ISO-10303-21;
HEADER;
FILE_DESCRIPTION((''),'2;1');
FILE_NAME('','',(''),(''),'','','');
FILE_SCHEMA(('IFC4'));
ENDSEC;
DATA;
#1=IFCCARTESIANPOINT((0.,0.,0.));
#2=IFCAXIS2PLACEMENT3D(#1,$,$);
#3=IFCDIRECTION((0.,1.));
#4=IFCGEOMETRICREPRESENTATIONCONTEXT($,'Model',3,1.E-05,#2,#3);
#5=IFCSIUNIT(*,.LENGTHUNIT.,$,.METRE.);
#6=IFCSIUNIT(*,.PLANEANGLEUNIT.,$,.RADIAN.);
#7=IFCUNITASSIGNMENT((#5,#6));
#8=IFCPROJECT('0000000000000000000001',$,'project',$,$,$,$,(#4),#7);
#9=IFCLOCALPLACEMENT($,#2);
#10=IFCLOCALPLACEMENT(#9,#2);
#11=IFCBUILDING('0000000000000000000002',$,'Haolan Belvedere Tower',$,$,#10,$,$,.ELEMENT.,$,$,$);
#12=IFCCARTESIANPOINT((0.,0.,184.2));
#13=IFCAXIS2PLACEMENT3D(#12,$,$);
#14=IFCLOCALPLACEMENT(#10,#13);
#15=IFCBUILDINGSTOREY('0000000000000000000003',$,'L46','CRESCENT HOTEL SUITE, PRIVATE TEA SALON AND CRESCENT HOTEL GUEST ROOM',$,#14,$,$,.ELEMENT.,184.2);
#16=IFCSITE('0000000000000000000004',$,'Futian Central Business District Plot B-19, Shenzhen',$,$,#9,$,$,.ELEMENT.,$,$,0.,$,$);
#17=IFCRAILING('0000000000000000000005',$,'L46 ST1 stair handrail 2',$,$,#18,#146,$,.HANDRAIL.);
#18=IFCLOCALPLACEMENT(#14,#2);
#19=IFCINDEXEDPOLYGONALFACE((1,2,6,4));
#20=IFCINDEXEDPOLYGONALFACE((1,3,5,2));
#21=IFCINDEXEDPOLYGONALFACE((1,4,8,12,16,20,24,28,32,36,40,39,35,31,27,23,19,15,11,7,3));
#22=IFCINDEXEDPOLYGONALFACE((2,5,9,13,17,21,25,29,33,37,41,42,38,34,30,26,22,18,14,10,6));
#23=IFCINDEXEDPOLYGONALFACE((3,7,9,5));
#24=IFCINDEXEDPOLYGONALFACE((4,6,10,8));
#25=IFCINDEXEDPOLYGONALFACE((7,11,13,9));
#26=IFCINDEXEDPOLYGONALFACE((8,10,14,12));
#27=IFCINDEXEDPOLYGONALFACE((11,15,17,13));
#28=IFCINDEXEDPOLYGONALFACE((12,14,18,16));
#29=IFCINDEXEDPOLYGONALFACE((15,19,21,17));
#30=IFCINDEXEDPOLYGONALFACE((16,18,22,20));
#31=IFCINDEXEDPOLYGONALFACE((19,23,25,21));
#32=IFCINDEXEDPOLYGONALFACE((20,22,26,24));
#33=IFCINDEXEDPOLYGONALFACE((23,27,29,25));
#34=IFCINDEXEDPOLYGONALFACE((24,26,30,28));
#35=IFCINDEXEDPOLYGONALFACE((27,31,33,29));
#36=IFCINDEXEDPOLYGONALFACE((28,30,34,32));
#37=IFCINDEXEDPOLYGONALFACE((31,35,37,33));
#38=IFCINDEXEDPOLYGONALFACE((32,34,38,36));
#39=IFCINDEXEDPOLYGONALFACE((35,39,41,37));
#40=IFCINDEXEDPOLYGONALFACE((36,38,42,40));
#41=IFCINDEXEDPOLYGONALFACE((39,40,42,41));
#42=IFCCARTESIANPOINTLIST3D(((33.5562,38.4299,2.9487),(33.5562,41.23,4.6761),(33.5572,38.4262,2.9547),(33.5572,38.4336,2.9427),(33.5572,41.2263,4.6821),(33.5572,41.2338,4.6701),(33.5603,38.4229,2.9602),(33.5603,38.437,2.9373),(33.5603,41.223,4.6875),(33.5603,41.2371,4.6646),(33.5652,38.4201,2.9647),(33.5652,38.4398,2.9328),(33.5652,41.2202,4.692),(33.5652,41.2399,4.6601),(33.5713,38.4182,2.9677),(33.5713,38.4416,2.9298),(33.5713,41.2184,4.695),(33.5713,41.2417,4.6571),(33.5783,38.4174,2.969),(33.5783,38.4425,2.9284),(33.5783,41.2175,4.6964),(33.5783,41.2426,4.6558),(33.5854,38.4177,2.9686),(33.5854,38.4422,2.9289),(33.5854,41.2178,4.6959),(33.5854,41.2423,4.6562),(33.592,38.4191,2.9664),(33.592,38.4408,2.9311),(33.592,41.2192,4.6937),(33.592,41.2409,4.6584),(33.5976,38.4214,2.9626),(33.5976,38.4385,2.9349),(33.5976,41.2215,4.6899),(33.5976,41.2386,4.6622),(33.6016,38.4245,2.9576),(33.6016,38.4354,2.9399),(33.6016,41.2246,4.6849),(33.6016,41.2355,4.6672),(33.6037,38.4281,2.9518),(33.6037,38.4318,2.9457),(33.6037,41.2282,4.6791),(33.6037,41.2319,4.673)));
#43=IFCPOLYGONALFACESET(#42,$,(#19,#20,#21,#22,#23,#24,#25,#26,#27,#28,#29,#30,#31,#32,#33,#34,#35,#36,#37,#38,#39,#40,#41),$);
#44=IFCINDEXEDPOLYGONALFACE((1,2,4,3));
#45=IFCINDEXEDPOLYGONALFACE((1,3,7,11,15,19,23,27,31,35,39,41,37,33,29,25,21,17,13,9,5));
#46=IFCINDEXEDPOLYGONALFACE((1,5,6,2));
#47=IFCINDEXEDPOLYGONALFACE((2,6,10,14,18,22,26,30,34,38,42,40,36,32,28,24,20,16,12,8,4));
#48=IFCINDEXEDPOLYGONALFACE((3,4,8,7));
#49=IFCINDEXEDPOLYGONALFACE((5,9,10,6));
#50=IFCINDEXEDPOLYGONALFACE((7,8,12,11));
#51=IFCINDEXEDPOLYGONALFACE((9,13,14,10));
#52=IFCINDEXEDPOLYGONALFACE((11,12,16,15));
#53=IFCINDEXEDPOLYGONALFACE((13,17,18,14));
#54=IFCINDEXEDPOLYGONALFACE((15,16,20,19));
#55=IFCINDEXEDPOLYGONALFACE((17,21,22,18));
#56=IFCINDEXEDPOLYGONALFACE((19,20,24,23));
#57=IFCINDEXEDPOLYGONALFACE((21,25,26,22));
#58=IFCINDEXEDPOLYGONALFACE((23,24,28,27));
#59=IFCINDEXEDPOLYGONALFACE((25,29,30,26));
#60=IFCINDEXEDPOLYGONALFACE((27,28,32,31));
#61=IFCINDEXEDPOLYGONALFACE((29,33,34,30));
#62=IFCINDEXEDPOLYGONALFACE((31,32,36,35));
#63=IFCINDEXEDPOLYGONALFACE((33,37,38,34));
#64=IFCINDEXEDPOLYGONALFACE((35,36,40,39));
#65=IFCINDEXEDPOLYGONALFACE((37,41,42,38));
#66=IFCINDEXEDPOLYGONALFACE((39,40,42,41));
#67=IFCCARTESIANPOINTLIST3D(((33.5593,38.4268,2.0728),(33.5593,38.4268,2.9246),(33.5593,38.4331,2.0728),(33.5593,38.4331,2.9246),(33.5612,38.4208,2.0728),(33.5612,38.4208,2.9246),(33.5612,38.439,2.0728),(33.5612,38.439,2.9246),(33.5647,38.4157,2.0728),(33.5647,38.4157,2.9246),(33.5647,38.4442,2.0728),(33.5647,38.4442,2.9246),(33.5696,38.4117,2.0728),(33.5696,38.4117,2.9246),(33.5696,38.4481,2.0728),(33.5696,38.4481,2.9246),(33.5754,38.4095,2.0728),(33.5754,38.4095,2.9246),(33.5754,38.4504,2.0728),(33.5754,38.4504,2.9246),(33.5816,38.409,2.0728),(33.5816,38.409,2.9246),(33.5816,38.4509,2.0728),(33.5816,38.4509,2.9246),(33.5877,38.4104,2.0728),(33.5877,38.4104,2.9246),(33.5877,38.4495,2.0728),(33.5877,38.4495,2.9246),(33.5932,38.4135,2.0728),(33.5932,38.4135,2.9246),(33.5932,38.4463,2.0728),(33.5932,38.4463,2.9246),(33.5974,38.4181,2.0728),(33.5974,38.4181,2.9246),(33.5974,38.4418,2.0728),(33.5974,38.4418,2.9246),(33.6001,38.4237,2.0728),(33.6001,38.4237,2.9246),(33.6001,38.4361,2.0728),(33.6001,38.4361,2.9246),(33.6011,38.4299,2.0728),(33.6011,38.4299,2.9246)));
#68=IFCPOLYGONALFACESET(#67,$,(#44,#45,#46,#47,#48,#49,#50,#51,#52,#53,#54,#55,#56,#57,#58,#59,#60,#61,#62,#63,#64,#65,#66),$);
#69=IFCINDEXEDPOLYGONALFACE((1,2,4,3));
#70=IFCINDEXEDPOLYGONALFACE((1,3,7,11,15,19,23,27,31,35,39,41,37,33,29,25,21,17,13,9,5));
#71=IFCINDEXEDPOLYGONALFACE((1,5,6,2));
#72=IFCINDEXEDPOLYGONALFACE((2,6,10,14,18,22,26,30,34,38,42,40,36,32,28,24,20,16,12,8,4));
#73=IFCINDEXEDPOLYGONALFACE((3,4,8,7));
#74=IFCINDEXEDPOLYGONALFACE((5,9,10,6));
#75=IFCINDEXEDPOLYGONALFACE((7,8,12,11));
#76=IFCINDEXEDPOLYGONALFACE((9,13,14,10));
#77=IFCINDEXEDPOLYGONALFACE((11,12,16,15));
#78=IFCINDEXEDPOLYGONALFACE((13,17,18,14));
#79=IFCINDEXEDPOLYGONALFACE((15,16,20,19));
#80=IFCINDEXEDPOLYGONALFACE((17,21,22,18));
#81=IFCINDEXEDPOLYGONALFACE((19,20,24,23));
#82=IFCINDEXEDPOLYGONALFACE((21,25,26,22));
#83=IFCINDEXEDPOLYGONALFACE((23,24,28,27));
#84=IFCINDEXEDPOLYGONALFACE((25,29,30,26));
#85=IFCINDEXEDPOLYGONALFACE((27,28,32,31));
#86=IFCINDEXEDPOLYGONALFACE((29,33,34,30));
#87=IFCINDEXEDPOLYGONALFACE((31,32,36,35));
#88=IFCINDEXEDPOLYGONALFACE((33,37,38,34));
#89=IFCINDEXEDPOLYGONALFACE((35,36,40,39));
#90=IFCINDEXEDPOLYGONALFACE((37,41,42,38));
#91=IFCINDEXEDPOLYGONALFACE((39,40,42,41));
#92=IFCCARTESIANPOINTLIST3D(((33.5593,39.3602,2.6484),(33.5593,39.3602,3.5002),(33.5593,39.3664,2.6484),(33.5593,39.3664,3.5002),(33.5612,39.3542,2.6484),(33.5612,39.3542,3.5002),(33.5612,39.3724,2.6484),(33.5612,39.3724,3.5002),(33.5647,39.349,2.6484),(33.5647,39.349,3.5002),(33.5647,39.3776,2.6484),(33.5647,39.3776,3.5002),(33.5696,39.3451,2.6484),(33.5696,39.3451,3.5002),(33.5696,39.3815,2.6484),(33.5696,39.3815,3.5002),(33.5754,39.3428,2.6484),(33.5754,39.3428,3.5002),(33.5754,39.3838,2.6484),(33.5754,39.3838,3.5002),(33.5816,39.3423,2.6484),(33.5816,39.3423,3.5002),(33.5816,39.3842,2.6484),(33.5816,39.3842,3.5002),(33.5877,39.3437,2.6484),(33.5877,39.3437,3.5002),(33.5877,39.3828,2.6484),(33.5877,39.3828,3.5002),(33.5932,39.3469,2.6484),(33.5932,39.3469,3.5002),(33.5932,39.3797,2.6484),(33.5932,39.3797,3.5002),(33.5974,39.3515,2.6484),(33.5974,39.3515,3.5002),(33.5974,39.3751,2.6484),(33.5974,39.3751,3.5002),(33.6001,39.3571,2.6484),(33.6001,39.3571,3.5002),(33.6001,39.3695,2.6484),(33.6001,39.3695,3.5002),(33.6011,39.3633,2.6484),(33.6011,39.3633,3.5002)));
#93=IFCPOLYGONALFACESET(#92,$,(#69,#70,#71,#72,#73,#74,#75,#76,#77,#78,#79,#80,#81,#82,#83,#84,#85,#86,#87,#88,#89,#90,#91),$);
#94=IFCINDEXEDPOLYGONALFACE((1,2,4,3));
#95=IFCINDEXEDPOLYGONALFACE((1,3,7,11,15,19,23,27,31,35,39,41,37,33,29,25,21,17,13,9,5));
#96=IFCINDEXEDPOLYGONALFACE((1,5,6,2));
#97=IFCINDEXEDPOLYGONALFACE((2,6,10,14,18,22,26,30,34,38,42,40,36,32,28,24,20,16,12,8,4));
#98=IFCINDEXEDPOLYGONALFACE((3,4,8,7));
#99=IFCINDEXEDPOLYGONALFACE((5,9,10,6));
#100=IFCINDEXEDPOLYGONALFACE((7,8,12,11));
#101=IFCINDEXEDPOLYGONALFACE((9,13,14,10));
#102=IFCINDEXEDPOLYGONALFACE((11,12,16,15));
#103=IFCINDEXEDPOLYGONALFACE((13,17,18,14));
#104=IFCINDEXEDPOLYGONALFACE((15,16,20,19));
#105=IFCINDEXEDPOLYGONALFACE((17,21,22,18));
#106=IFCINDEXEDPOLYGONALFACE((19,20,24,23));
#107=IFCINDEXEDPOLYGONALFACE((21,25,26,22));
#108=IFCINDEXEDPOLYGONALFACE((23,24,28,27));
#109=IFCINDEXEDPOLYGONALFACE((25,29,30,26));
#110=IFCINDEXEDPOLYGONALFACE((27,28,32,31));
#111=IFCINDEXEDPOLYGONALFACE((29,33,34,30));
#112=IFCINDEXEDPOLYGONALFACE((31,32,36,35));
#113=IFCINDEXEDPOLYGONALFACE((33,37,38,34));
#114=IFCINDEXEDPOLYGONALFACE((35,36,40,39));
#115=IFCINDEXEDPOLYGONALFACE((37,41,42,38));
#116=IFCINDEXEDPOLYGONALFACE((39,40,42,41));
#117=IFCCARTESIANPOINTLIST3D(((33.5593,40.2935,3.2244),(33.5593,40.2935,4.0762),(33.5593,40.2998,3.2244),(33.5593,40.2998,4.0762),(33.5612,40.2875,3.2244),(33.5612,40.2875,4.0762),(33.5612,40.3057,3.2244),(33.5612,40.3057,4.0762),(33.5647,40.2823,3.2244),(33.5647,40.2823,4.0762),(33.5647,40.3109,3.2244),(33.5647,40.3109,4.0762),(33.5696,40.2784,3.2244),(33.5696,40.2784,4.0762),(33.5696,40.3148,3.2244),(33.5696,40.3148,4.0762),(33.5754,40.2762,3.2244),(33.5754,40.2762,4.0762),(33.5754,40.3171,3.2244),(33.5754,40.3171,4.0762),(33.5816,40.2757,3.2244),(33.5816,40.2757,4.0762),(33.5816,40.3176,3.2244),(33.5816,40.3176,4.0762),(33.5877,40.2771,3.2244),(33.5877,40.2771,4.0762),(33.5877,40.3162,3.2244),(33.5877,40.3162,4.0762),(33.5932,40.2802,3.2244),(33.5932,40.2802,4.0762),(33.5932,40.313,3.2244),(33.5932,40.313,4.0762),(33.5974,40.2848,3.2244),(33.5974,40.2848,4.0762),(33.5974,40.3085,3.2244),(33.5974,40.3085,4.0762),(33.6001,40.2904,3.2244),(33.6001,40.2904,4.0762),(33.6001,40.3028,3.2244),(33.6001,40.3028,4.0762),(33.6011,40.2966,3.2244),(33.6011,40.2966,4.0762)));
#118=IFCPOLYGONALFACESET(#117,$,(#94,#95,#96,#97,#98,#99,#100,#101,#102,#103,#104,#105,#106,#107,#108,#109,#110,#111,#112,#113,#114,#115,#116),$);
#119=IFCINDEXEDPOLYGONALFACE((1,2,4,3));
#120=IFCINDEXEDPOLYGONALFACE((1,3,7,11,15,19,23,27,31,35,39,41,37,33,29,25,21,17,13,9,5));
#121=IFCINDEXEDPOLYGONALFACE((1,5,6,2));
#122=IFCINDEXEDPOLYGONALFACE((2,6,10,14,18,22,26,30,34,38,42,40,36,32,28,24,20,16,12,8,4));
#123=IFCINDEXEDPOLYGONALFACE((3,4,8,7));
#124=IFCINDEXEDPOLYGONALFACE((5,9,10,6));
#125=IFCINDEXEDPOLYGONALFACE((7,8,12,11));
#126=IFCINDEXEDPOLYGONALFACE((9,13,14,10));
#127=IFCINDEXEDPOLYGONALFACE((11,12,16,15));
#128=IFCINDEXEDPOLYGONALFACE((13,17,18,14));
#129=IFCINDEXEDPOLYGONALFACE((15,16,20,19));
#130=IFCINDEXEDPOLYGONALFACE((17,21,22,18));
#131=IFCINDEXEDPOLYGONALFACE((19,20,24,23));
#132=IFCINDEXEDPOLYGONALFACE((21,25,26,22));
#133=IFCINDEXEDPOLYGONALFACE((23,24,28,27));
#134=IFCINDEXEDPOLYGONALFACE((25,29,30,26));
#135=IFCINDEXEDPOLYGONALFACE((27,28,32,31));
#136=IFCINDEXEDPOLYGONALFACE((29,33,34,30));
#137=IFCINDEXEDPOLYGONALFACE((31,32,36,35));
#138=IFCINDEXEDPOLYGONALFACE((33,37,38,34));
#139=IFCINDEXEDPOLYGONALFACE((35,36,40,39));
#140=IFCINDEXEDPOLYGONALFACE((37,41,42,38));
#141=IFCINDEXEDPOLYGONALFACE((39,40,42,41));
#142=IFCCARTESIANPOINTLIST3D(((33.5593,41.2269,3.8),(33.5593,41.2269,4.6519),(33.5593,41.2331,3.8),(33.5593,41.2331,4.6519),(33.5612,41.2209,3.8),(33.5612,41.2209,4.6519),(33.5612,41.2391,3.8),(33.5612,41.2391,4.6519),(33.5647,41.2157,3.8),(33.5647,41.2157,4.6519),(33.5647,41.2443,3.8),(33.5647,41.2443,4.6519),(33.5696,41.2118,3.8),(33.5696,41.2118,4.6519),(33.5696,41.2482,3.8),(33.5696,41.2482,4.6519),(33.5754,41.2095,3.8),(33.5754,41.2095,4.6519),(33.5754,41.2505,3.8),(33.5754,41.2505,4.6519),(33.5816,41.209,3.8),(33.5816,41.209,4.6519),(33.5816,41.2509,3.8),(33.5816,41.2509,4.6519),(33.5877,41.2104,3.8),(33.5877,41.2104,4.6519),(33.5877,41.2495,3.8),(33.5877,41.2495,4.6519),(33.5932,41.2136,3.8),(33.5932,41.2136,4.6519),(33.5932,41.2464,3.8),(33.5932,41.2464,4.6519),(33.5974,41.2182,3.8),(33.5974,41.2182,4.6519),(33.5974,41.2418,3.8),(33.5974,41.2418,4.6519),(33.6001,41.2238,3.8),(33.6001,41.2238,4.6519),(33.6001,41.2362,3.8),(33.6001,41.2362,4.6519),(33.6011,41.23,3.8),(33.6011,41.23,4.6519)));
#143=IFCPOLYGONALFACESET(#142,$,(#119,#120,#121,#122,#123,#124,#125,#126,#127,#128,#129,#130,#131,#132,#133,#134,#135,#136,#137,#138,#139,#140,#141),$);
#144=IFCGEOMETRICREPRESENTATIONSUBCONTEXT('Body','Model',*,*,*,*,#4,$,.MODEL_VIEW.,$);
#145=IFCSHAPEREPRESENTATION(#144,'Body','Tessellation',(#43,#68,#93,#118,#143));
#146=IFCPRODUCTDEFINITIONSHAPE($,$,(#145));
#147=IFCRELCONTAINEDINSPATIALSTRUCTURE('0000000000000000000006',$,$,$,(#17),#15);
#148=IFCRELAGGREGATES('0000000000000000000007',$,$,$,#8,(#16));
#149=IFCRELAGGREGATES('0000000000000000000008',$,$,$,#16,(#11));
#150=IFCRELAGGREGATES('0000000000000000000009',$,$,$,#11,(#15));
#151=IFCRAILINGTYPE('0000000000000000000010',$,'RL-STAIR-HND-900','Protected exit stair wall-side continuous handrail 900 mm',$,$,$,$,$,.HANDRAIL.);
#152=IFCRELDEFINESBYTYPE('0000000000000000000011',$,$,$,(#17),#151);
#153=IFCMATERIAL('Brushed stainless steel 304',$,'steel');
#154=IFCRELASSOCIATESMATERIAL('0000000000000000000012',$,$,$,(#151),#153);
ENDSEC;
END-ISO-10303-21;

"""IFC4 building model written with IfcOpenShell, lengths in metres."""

from ifc_helpers import new_model, si_unit, direction, frame, origin, origin_2d, place, context, subcontext, project, spatial, circle, extrude, material, type_object, element, save


model = new_model("IFC4")

# Units and contexts
model_context = context("Model", 3, precision=1e-05, world=origin(), true_north=direction((0.0, 1.0)))
body_context = subcontext(model_context, "Body", "Model", "MODEL_VIEW")
ifc_project = project(units=[si_unit("LENGTHUNIT", "METRE"), si_unit("PLANEANGLEUNIT", "RADIAN")], contexts=[model_context])

# Site, building, storey
site_placement = place(None, origin())
site = spatial("IfcSite", under=ifc_project, at=site_placement, Name="Futian Central Business District Plot B-19, Shenzhen", CompositionType="ELEMENT", RefElevation=0.0)
building_placement = place(site_placement, origin())
building = spatial("IfcBuilding", under=site, at=building_placement, Name="Haolan Belvedere Tower", CompositionType="ELEMENT")
storey_placement = place(building_placement, frame((0.0, 0.0, 184.2)))
storey = spatial("IfcBuildingStorey", under=building, at=storey_placement, Name="L46", Description="CRESCENT HOTEL SUITE, PRIVATE TEA SALON AND CRESCENT HOTEL GUEST ROOM", CompositionType="ELEMENT", Elevation=184.2)

# Railing
ifc_material_1 = material(Name="Brushed stainless steel 304", Category="steel")
railing_type_1 = type_object("IfcRailingType", Name="RL-STAIR-HND-900", Description="Protected exit stair wall-side continuous handrail 900 mm", PredefinedType="HANDRAIL", material=ifc_material_1)
railing_1_placement = place(storey_placement, frame((33.5801, 38.4299, 2.0728)))
element("IfcRailing", 1, at=railing_1_placement, inside=storey, type_object=railing_type_1, Name="L46 ST1 stair handrail 2", PredefinedType="HANDRAIL", context=body_context, shape_type="SweptSolid", body=[
    extrude(circle(Radius=0.0239, at=origin_2d()), frame((0.0, 0.0, 0.876), z_axis=(0.0, 0.85109, 0.52502), x_axis=(-1.0, 0.0, 0.0)), (0.0, 0.0, 1.0), 3.29),
    extrude(circle(Radius=0.021, at=origin_2d()), origin(), (0.0, 0.0, 1.0), 0.8518),
    extrude(circle(Radius=0.021, at=origin_2d()), frame((0.0, 0.9333, 0.5757)), (0.0, 0.0, 1.0), 0.8518),
    extrude(circle(Radius=0.021, at=origin_2d()), frame((0.0, 1.8667, 1.1516)), (0.0, 0.0, 1.0), 0.8518),
    extrude(circle(Radius=0.021, at=origin_2d()), frame((0.0, 2.8, 1.7273)), (0.0, 0.0, 1.0), 0.8518),
])

save(model, "model.ifc")
